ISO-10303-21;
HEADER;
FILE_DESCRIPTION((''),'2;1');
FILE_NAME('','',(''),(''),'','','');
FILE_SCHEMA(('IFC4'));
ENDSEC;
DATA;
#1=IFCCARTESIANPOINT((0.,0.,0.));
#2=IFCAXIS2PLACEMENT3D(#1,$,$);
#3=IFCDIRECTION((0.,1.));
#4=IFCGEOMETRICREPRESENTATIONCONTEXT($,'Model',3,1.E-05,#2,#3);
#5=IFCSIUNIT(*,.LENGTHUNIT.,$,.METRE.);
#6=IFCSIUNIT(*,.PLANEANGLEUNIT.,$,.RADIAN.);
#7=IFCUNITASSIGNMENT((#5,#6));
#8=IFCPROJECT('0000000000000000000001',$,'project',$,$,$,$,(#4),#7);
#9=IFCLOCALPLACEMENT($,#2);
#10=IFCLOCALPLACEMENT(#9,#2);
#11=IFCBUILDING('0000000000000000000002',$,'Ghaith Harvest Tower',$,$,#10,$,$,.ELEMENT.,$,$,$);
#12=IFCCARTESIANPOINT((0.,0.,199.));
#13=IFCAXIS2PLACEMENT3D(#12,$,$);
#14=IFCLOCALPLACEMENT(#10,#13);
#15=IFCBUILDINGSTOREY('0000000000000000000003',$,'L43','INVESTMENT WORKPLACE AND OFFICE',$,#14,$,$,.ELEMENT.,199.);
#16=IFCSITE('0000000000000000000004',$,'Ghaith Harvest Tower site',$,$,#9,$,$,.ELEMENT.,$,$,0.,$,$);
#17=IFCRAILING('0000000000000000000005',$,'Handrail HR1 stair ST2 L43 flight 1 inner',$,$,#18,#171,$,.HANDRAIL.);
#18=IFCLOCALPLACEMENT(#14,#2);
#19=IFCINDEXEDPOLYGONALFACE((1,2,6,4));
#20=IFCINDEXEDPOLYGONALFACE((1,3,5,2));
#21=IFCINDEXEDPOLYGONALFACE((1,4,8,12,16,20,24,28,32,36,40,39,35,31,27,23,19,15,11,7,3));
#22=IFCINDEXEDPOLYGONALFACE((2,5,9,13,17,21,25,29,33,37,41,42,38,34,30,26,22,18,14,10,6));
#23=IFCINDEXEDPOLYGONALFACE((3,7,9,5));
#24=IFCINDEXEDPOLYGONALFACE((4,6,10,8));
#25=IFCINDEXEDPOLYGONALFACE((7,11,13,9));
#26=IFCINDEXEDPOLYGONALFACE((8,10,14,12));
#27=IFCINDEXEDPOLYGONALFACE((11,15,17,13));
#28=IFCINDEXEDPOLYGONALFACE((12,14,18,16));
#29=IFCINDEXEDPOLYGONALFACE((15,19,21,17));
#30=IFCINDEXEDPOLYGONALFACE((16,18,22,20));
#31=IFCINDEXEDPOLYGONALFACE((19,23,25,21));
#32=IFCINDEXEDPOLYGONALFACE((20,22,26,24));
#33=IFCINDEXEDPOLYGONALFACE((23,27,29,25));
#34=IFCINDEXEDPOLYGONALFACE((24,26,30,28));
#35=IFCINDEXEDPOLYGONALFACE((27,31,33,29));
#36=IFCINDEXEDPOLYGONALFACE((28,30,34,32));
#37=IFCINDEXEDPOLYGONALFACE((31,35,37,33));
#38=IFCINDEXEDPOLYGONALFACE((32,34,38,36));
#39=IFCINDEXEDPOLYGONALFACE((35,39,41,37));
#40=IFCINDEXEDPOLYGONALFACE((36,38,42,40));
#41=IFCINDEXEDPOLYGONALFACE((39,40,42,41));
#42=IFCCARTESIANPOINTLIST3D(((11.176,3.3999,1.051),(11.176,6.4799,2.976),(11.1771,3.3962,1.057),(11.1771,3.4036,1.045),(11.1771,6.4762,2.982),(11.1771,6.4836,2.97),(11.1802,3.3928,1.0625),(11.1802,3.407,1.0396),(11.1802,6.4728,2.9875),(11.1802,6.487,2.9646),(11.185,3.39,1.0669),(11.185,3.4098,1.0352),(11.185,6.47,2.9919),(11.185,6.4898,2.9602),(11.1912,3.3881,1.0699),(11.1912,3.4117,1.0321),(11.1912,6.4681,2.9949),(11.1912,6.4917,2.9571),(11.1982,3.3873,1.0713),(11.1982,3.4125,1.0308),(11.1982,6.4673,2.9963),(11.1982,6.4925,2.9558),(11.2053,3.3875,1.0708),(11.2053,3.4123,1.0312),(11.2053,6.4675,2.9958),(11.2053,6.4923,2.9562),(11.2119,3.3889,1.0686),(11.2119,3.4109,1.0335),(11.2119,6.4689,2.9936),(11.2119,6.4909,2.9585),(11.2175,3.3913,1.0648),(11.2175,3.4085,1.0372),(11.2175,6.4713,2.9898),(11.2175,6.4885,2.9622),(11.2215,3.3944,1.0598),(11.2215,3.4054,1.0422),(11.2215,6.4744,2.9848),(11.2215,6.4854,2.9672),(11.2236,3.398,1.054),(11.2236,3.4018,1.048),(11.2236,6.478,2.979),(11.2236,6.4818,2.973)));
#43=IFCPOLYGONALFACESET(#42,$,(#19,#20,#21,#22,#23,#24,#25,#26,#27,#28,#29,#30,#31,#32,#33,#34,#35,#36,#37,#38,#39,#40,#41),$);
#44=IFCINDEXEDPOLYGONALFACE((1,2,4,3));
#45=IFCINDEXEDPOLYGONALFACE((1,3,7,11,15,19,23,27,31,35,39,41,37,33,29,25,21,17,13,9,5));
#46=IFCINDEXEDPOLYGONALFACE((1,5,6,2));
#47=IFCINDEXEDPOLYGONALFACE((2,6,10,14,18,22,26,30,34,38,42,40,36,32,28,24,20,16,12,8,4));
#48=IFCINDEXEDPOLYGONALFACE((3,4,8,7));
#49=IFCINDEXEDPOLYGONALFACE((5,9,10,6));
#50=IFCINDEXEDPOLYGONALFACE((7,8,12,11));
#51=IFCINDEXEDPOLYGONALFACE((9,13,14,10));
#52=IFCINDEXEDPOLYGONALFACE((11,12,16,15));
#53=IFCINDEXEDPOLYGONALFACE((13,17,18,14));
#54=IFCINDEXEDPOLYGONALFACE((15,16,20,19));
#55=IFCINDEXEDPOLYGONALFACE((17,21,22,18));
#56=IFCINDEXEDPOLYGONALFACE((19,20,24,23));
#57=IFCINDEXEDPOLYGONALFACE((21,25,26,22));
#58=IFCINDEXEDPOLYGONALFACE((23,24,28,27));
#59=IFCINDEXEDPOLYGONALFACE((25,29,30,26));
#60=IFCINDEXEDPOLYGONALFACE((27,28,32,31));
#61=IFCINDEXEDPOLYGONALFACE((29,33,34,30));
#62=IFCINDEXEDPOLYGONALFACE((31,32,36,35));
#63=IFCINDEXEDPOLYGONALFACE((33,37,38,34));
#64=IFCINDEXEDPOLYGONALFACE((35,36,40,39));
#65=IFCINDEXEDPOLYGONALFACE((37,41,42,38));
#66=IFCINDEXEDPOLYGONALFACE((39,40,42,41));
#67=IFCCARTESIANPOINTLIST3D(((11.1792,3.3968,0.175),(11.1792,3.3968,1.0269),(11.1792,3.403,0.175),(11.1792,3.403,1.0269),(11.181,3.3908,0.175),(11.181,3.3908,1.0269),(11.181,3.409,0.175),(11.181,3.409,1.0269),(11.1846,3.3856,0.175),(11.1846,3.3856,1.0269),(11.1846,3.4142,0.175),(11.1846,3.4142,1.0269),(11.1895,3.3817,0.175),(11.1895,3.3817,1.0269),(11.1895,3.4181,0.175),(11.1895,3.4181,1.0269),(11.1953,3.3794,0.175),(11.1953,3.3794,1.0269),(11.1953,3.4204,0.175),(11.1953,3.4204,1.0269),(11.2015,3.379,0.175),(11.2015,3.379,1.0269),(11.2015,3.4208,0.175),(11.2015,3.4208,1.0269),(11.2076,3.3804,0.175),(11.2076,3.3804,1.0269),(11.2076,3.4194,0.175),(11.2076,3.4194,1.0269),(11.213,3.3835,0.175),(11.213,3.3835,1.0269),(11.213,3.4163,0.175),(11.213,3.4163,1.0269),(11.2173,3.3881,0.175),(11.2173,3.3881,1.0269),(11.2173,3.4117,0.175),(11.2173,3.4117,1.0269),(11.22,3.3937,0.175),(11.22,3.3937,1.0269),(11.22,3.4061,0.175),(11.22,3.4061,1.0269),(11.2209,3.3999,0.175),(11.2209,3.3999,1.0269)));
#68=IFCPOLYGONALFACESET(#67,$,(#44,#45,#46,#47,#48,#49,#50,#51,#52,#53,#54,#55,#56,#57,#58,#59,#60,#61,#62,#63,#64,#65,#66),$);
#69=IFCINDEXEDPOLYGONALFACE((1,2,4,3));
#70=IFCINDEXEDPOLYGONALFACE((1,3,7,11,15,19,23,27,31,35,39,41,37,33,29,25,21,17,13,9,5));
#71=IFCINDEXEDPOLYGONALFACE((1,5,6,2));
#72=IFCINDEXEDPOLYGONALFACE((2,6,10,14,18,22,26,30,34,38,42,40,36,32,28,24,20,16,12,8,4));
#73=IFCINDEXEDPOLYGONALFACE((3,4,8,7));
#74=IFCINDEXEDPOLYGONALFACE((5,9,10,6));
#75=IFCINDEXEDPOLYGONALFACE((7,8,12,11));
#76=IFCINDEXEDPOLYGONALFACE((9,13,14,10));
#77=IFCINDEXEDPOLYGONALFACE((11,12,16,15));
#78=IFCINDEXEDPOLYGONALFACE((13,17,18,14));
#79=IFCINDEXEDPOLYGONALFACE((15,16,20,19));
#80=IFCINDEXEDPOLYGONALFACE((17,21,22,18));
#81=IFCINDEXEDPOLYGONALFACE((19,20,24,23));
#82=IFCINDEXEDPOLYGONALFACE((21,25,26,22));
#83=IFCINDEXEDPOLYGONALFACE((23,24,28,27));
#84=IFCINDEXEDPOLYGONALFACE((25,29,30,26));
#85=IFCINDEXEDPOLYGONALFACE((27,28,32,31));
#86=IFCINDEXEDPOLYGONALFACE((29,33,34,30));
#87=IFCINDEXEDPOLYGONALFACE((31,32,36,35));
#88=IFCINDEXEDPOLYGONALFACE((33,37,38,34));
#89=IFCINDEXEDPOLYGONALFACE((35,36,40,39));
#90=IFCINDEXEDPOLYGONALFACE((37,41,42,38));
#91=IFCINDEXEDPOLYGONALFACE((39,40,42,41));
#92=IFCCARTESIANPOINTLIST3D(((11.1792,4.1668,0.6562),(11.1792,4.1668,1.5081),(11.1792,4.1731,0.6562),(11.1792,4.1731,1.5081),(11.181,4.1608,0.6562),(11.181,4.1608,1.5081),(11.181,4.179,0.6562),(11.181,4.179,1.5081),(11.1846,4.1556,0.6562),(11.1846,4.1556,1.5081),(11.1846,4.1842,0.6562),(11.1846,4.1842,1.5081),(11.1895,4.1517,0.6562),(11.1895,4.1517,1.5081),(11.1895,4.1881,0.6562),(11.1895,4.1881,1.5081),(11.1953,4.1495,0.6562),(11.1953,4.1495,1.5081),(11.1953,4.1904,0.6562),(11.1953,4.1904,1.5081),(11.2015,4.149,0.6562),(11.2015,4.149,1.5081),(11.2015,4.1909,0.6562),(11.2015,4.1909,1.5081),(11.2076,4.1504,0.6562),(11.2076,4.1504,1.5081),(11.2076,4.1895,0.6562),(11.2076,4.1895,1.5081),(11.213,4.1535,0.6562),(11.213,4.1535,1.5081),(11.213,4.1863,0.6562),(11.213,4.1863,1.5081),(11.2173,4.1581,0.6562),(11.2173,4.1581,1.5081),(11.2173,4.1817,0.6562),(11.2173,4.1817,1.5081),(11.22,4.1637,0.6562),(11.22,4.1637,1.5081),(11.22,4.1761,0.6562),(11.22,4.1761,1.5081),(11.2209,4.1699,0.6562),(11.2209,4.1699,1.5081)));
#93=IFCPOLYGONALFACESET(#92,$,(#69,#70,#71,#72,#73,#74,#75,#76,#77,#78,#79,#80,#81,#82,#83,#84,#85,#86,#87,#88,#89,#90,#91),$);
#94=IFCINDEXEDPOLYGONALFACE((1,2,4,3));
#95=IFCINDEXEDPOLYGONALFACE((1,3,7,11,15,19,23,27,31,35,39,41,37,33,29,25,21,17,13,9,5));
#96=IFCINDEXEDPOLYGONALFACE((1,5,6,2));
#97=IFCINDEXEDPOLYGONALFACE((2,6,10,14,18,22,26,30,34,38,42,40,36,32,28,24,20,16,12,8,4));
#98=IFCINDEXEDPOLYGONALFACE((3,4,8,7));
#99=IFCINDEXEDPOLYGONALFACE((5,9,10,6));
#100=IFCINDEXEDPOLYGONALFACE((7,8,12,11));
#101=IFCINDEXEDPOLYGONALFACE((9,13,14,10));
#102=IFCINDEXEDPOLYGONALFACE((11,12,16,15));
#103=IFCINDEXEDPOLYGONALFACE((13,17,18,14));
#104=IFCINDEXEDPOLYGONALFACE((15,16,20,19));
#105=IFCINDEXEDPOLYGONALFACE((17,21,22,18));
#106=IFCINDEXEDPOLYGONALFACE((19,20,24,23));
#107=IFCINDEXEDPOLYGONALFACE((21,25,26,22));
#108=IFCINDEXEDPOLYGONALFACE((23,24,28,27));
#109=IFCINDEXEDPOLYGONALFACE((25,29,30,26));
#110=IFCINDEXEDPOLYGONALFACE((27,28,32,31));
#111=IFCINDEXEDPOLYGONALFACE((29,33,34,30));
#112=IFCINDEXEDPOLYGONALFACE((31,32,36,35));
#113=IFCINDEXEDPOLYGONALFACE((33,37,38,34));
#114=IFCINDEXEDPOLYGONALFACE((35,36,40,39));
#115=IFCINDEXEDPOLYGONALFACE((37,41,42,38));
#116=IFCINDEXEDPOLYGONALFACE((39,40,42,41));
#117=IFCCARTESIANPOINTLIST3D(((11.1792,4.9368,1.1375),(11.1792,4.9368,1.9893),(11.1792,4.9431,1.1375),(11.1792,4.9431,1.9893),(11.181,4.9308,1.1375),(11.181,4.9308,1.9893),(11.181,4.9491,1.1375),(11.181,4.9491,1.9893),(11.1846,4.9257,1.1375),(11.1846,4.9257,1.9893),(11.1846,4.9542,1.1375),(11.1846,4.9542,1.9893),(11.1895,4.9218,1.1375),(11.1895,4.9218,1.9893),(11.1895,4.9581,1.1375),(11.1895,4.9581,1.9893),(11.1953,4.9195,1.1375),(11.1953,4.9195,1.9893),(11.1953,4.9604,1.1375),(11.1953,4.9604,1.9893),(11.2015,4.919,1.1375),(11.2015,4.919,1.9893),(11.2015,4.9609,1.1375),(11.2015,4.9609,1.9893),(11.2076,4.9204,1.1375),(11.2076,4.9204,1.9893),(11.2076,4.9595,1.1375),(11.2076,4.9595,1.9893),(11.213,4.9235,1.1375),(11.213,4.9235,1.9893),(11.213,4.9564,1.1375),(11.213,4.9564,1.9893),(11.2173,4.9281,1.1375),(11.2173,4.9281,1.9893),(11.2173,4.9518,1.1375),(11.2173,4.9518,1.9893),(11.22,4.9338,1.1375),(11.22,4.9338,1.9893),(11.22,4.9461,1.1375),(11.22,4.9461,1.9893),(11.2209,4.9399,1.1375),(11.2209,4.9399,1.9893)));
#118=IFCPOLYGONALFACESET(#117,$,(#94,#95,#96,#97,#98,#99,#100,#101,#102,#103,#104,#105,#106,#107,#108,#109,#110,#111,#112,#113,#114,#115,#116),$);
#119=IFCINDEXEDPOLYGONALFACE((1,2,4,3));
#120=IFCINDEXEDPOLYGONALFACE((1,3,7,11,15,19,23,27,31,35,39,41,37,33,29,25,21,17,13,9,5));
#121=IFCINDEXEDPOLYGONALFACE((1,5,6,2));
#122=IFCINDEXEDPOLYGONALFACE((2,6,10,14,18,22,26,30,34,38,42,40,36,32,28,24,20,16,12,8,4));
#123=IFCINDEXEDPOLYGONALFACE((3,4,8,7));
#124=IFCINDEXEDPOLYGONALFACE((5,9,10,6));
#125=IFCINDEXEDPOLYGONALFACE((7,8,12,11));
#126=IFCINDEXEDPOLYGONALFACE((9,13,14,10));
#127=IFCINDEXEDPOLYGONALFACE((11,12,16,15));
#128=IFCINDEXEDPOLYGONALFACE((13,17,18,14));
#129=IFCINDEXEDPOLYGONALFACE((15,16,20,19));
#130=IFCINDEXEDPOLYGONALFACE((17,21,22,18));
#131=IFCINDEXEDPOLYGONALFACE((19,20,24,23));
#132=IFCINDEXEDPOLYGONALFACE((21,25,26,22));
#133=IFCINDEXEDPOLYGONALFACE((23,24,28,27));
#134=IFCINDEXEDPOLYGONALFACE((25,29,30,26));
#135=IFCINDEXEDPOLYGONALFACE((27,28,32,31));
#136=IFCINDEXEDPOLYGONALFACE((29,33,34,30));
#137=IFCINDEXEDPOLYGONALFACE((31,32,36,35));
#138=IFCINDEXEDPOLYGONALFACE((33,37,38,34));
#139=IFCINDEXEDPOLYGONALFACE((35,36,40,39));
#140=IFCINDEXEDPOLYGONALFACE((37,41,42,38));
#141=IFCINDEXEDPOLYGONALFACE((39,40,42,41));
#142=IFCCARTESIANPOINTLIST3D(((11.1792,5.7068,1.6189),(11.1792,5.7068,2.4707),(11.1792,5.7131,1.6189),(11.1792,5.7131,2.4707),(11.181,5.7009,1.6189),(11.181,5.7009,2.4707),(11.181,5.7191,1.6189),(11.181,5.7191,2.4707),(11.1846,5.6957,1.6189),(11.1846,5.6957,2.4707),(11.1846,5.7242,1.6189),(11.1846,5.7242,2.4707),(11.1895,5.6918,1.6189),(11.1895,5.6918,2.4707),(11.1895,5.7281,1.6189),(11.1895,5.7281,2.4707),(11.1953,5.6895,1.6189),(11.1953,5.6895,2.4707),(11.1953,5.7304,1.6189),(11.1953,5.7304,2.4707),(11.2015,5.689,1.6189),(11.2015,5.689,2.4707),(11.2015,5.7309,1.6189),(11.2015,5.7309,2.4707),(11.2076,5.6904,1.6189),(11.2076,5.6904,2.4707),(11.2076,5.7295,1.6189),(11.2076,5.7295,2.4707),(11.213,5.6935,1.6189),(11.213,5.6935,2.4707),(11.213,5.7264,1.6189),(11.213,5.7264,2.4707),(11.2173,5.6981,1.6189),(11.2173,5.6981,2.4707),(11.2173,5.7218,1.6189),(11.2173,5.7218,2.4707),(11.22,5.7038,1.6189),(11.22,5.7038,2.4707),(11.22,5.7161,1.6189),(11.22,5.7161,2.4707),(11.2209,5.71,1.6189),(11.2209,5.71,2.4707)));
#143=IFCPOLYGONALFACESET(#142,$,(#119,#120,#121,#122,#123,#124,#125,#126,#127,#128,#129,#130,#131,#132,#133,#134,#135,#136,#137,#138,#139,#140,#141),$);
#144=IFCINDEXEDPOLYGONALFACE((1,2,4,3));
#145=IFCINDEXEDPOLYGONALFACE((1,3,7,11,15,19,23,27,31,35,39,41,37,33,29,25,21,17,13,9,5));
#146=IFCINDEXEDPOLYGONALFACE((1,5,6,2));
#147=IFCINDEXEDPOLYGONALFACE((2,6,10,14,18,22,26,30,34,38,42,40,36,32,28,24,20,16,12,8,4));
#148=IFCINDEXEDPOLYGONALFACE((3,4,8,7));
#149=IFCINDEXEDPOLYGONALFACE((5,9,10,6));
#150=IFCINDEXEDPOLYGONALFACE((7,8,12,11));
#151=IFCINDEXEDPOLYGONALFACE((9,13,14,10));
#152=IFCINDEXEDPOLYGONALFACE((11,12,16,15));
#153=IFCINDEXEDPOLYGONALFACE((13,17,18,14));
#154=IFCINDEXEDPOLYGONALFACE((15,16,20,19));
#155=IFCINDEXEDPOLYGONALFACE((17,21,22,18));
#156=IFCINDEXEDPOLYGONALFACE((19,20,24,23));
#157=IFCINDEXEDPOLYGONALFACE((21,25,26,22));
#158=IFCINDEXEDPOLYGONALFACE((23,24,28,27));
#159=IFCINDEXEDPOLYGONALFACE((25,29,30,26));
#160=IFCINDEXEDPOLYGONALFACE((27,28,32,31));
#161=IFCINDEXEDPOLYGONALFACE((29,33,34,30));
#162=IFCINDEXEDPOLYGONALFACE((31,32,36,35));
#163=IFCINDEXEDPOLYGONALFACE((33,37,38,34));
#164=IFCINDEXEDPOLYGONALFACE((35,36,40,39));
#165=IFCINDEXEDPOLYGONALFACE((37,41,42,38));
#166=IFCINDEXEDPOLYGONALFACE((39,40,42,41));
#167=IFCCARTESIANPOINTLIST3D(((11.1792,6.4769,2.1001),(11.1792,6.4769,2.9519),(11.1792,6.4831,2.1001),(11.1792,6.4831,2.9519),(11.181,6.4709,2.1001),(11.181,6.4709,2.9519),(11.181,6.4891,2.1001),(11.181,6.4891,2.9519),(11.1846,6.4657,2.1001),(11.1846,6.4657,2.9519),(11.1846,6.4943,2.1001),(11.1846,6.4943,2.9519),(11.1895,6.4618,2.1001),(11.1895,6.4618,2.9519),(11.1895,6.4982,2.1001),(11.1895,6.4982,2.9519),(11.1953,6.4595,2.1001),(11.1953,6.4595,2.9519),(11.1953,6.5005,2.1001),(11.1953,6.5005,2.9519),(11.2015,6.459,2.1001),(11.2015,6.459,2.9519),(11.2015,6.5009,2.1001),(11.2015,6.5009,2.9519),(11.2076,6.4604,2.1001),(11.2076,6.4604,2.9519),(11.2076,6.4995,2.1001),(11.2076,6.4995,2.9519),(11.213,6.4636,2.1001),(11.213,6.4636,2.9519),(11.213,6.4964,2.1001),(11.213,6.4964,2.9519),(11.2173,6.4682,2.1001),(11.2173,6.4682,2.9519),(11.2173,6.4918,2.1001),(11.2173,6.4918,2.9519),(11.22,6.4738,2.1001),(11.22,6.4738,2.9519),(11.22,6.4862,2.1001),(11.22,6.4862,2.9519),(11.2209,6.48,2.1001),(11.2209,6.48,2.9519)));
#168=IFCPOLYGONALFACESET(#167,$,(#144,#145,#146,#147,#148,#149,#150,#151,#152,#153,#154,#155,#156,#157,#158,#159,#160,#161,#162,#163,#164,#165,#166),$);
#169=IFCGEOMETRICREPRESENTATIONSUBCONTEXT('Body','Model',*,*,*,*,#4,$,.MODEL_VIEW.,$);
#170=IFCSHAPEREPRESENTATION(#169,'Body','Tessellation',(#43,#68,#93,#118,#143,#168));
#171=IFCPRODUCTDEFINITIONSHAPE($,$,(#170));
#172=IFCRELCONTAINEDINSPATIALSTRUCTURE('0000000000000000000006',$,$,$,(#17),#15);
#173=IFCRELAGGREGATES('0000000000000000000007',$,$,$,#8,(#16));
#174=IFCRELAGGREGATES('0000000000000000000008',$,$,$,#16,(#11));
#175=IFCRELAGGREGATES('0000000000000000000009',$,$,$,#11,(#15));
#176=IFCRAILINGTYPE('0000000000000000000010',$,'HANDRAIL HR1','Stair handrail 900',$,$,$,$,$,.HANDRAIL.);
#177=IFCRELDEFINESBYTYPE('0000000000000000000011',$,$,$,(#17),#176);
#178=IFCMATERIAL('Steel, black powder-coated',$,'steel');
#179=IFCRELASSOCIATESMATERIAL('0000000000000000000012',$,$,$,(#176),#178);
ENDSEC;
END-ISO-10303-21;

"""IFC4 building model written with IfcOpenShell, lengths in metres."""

from ifc_helpers import new_model, si_unit, direction, frame, origin, origin_2d, place, context, subcontext, project, spatial, circle, extrude, material, type_object, element, save


model = new_model("IFC4")

# Units and contexts
model_context = context("Model", 3, precision=1e-05, world=origin(), true_north=direction((0.0, 1.0)))
body_context = subcontext(model_context, "Body", "Model", "MODEL_VIEW")
ifc_project = project(units=[si_unit("LENGTHUNIT", "METRE"), si_unit("PLANEANGLEUNIT", "RADIAN")], contexts=[model_context])

# Site, building, storey
site_placement = place(None, origin())
site = spatial("IfcSite", under=ifc_project, at=site_placement, Name="Ghaith Harvest Tower site", CompositionType="ELEMENT", RefElevation=0.0)
building_placement = place(site_placement, origin())
building = spatial("IfcBuilding", under=site, at=building_placement, Name="Ghaith Harvest Tower", CompositionType="ELEMENT")
storey_placement = place(building_placement, frame((0.0, 0.0, 199.0)))
storey = spatial("IfcBuildingStorey", under=building, at=storey_placement, Name="L43", Description="INVESTMENT WORKPLACE AND OFFICE", CompositionType="ELEMENT", Elevation=199.0)

# Railing
ifc_material_1 = material(Name="Steel, black powder-coated", Category="steel")
railing_type = type_object("IfcRailingType", Name="HANDRAIL HR1", Description="Stair handrail 900", PredefinedType="HANDRAIL", material=ifc_material_1)
railing_1_placement = place(storey_placement, frame((11.2, 3.3999, 0.175)))
element("IfcRailing", 1, at=railing_1_placement, inside=storey, type_object=railing_type, Name="Handrail HR1 stair ST2 L43 flight 1 inner", PredefinedType="HANDRAIL", context=body_context, shape_type="SweptSolid", body=[
    extrude(circle(Radius=0.0239, at=origin_2d()), frame((0.0, 0.0, 0.876), z_axis=(0.0, 0.847998, 0.529999), x_axis=(-1.0, 0.0, 0.0)), (0.0, 0.0, 1.0), 3.6321),
    extrude(circle(Radius=0.021, at=origin_2d()), origin(), (0.0, 0.0, 1.0), 0.8518),
    extrude(circle(Radius=0.021, at=origin_2d()), frame((0.0, 0.77, 0.4812)), (0.0, 0.0, 1.0), 0.8518),
    extrude(circle(Radius=0.021, at=origin_2d()), frame((0.0, 1.54, 0.9624)), (0.0, 0.0, 1.0), 0.8518),
    extrude(circle(Radius=0.021, at=origin_2d()), frame((0.0, 2.3101, 1.4438)), (0.0, 0.0, 1.0), 0.8518),
    extrude(circle(Radius=0.021, at=origin_2d()), frame((0.0, 3.0801, 1.925)), (0.0, 0.0, 1.0), 0.8518),
])

save(model, "model.ifc")
